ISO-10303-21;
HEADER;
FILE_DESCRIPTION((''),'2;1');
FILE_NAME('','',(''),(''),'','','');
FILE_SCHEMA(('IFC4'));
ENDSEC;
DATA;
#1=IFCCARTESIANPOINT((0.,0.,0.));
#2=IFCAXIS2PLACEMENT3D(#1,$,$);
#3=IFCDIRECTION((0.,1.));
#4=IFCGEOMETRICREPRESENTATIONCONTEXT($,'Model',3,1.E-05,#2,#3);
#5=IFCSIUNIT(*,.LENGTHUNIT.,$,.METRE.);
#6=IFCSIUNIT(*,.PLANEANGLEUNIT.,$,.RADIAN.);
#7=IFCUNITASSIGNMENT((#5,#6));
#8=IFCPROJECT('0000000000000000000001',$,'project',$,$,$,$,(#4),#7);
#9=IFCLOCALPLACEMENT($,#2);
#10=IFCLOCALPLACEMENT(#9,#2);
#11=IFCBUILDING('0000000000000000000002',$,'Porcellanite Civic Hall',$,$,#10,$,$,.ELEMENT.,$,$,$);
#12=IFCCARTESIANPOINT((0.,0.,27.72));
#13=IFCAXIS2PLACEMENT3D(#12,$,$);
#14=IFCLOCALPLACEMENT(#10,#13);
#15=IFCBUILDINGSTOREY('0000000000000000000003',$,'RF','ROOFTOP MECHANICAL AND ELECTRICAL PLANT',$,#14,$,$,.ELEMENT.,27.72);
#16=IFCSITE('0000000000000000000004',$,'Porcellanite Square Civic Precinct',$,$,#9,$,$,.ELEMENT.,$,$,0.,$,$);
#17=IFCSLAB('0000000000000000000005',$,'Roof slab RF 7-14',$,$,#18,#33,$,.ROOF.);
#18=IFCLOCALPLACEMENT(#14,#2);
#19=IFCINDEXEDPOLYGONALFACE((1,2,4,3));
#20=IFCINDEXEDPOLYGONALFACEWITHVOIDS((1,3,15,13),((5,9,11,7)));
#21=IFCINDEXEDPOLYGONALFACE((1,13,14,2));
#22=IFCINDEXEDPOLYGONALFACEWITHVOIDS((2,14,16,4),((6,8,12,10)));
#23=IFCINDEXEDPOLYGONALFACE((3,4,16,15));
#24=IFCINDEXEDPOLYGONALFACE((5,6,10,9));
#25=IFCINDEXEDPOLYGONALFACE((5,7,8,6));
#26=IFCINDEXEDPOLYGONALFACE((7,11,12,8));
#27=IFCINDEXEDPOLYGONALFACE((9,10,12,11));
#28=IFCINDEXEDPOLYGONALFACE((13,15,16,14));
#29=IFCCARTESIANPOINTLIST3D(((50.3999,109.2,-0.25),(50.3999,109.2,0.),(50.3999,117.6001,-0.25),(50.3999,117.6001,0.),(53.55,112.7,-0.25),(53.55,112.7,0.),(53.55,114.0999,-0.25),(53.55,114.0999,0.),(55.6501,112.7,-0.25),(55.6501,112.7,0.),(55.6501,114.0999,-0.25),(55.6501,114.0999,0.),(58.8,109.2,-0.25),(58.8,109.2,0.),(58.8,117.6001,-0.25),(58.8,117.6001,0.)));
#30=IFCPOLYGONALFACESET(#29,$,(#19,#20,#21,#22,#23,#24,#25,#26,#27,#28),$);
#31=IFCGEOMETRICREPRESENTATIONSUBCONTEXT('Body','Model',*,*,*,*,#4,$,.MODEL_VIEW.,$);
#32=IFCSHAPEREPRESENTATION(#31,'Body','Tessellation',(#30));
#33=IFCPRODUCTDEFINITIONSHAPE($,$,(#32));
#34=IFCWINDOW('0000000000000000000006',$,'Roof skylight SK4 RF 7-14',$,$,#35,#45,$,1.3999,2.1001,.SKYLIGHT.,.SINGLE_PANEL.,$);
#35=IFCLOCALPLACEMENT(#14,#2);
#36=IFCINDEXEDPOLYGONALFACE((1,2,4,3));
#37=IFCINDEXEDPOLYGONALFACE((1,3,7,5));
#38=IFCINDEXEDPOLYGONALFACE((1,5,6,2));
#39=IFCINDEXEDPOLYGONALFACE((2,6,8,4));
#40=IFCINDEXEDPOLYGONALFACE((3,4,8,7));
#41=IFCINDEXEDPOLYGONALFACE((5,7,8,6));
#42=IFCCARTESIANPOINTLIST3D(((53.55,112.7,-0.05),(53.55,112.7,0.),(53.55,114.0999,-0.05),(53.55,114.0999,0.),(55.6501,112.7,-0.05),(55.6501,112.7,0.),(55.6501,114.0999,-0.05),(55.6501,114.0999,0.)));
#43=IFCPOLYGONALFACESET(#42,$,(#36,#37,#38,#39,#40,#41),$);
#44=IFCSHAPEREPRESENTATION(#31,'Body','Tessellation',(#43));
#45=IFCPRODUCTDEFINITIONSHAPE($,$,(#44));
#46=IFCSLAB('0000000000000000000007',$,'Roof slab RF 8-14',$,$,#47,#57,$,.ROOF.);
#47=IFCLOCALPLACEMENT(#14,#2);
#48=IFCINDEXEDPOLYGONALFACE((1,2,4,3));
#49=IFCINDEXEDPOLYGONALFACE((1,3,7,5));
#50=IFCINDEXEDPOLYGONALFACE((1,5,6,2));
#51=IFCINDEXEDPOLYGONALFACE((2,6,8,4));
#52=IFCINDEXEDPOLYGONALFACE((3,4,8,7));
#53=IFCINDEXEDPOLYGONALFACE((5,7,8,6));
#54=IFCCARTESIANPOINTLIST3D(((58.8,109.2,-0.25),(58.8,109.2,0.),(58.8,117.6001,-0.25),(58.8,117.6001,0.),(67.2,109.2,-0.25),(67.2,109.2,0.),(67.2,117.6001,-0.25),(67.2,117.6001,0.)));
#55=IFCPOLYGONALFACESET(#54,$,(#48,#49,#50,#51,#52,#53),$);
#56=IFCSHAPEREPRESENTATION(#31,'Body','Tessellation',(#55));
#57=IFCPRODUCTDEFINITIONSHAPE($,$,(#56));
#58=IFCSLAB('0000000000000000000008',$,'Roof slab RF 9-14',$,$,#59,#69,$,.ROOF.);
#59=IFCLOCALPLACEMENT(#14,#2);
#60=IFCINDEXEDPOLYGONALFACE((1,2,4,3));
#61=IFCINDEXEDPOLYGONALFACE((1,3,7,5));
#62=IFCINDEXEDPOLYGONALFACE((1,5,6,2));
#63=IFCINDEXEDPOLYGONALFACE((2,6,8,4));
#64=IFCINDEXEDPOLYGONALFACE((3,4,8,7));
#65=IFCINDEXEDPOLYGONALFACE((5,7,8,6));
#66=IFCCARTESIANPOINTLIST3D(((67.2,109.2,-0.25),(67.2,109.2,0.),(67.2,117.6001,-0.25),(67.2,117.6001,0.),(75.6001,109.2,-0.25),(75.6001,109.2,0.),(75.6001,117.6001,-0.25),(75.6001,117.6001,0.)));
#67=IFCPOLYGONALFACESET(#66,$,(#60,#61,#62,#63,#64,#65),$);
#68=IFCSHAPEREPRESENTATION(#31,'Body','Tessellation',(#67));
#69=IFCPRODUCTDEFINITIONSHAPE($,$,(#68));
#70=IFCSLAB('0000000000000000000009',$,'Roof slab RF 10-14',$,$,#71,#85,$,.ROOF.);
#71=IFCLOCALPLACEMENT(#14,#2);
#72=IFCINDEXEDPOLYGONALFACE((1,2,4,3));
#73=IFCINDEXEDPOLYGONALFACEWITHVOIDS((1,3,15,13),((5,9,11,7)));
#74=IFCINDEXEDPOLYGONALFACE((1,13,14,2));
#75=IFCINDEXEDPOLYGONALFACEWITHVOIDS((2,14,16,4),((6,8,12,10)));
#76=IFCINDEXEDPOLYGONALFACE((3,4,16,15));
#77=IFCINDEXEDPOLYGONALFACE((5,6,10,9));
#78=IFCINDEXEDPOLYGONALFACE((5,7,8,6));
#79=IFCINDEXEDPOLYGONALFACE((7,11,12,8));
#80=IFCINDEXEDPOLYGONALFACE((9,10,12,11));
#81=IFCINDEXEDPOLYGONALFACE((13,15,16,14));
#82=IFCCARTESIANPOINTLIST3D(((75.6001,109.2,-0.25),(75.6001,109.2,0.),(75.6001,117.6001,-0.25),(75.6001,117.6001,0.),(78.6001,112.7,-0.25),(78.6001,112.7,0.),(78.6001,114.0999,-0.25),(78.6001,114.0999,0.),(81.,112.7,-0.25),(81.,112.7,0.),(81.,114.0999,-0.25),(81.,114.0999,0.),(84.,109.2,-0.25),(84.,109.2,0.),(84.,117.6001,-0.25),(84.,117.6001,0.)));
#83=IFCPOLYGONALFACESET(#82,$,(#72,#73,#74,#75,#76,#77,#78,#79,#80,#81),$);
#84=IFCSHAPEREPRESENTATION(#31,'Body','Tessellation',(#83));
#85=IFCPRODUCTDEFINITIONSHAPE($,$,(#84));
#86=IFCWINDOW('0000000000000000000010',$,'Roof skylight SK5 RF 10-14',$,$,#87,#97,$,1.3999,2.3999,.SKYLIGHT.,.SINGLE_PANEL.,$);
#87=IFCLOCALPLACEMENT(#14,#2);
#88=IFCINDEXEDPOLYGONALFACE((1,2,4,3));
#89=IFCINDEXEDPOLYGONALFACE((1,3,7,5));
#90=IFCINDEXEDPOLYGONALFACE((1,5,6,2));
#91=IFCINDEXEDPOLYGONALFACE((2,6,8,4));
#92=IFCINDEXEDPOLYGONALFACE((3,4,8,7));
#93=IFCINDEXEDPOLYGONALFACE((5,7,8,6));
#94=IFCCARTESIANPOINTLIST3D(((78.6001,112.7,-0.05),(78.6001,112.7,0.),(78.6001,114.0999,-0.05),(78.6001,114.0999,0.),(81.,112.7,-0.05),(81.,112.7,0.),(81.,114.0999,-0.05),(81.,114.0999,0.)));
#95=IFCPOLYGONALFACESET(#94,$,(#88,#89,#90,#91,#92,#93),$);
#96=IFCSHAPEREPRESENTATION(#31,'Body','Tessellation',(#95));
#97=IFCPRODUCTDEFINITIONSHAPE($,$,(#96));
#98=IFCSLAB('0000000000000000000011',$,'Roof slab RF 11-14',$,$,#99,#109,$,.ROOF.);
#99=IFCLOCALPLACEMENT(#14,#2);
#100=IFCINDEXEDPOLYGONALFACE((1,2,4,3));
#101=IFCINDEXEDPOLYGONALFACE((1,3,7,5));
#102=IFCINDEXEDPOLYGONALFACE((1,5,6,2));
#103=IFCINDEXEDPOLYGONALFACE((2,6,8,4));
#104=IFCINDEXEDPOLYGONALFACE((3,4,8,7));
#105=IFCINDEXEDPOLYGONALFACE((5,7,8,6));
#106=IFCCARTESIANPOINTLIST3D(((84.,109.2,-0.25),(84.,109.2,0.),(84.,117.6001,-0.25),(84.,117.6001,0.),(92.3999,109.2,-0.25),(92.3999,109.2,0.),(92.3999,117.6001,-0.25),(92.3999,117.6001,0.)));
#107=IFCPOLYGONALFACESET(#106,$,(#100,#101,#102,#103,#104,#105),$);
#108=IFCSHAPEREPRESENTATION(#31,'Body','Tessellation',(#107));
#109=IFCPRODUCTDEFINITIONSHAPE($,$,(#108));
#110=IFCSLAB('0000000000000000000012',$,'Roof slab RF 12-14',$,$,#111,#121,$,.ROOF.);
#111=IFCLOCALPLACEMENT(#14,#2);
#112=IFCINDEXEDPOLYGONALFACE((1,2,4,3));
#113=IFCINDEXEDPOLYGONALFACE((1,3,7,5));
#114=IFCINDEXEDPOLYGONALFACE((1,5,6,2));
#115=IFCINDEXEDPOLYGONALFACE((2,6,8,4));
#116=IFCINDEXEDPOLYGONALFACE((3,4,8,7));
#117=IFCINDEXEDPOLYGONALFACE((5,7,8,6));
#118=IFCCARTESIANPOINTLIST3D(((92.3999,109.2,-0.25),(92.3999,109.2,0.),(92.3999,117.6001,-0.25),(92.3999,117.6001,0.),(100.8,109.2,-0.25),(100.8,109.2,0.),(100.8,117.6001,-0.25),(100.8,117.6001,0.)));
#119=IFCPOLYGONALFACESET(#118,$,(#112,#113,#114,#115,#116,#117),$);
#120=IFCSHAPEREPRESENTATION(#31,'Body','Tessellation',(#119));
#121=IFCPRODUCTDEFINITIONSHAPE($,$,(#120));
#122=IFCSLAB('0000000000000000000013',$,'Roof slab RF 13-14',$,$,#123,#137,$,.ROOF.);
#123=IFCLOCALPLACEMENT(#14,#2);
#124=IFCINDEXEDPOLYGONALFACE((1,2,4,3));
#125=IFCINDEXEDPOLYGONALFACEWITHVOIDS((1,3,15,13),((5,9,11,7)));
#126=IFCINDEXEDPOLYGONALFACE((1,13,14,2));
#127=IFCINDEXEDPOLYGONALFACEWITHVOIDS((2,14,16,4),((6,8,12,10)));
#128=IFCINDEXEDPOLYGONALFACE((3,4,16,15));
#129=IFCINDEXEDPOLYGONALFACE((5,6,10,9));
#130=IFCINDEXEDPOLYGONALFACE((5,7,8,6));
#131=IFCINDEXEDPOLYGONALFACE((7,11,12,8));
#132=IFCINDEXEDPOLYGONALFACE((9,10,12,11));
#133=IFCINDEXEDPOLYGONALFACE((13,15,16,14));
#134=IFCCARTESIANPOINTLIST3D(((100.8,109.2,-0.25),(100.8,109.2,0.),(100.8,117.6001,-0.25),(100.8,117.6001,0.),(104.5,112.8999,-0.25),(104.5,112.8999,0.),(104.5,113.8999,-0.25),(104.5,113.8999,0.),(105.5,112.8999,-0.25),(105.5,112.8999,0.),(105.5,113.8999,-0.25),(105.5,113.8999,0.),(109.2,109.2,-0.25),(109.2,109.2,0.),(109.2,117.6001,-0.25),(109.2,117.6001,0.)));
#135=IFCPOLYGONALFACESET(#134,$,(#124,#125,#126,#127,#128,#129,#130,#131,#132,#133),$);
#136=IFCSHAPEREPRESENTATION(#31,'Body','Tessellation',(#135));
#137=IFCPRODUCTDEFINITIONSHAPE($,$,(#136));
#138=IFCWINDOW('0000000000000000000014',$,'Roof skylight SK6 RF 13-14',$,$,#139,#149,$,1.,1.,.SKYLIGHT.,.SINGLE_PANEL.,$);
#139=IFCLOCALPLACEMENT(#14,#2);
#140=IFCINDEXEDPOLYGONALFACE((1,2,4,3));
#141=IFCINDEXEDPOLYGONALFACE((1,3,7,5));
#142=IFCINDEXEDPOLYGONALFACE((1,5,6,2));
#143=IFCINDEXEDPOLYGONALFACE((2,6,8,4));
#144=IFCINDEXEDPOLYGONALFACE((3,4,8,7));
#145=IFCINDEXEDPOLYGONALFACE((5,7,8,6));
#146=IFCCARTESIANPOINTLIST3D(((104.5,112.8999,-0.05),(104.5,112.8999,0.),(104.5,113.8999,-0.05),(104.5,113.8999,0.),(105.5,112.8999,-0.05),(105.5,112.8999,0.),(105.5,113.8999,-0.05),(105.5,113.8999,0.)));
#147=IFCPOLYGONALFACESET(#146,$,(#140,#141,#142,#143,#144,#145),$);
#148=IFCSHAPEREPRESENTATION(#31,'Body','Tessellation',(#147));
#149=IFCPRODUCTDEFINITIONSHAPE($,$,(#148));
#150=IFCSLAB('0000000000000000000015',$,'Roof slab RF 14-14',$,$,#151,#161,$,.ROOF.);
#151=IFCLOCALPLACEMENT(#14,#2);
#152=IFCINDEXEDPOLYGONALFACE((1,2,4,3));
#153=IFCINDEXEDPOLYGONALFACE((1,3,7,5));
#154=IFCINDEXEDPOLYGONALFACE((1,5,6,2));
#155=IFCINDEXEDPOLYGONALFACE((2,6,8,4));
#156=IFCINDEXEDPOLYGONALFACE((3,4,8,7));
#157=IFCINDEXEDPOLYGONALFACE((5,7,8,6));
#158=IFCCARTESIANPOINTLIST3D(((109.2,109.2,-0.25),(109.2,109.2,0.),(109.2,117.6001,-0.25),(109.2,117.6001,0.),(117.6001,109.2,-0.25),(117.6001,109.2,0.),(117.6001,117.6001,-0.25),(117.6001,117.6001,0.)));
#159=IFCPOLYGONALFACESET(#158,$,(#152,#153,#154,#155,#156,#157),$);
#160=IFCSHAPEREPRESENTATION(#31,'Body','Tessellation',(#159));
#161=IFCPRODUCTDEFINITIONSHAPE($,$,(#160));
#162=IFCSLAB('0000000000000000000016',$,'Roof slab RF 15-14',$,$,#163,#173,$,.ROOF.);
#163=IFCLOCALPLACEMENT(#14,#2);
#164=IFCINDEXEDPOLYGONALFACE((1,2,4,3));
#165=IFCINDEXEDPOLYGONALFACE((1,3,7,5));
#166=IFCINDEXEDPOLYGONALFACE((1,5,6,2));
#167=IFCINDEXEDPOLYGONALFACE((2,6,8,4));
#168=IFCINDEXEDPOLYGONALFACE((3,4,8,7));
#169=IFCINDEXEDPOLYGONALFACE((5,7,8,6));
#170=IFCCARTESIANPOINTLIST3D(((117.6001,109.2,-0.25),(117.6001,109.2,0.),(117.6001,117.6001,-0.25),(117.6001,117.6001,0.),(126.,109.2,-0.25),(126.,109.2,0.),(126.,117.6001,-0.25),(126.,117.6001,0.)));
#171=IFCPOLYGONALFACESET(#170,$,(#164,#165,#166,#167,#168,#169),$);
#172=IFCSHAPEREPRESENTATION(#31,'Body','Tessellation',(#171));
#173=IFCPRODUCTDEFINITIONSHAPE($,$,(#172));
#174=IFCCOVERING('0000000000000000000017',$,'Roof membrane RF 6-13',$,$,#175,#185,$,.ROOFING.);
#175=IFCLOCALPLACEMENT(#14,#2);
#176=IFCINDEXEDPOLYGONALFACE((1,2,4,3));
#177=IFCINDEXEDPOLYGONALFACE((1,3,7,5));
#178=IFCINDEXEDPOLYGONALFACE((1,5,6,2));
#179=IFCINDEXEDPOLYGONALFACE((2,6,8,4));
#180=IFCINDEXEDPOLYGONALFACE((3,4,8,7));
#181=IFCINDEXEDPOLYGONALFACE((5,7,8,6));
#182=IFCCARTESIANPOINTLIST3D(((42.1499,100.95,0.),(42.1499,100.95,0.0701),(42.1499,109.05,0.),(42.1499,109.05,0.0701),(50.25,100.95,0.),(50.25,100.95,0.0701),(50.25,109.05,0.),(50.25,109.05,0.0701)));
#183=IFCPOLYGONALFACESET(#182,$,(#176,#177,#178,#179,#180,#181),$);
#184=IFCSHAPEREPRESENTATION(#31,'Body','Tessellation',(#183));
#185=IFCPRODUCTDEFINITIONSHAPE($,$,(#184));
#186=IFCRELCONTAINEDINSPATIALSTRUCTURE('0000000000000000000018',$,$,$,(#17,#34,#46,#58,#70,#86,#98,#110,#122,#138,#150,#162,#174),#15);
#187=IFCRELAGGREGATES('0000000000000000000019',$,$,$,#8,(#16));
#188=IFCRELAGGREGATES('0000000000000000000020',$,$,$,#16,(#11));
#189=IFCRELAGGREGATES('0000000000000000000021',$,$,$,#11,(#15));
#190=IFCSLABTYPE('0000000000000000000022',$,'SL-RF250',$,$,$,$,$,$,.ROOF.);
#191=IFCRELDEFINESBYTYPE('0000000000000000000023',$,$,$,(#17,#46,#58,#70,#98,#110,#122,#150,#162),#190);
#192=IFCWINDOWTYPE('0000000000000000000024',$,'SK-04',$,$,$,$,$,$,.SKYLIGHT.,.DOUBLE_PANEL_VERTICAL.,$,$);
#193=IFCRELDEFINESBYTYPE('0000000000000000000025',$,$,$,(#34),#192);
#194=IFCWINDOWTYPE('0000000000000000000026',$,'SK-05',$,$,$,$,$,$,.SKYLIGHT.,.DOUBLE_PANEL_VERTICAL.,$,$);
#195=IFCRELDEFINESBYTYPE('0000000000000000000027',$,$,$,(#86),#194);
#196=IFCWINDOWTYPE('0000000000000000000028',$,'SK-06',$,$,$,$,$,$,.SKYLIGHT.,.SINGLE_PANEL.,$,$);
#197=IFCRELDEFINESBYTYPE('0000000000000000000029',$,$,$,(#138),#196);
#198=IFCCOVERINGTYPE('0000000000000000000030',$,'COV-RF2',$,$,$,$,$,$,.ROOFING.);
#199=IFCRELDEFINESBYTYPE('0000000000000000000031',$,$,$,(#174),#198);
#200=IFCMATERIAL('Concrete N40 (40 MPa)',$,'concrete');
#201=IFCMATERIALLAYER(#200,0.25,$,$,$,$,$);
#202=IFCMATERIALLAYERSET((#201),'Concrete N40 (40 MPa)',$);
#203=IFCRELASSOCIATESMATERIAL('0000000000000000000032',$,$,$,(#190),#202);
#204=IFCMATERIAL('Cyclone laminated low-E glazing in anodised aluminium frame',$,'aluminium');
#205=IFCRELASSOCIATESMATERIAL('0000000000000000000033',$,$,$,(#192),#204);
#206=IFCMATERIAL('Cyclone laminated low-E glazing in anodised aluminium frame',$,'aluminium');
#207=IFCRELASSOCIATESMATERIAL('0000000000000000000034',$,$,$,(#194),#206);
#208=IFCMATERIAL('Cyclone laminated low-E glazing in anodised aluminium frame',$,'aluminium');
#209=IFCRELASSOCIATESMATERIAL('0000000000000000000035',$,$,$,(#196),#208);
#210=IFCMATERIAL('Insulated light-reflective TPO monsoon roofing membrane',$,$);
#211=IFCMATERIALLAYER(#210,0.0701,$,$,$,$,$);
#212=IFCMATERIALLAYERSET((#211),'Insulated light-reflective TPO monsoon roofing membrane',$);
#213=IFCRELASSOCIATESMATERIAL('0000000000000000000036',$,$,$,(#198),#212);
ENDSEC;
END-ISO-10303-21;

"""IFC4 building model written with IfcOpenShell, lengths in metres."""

from ifc_helpers import new_model, si_unit, direction, frame, origin, origin_2d, place, context, subcontext, project, spatial, polyline, rectangle, outline, extrude, material, layer, layer_set, type_object, element, fill, save


model = new_model("IFC4")

# Units and contexts
model_context = context("Model", 3, precision=1e-05, world=origin(), true_north=direction((0.0, 1.0)))
body_context = subcontext(model_context, "Body", "Model", "MODEL_VIEW")
ifc_project = project(units=[si_unit("LENGTHUNIT", "METRE"), si_unit("PLANEANGLEUNIT", "RADIAN")], contexts=[model_context])

# Site, building, storey
site_placement = place(None, origin())
site = spatial("IfcSite", under=ifc_project, at=site_placement, Name="Porcellanite Square Civic Precinct", CompositionType="ELEMENT", RefElevation=0.0)
building_placement = place(site_placement, origin())
building = spatial("IfcBuilding", under=site, at=building_placement, Name="Porcellanite Civic Hall", CompositionType="ELEMENT")
storey_placement = place(building_placement, frame((0.0, 0.0, 27.72)))
storey = spatial("IfcBuildingStorey", under=building, at=storey_placement, Name="RF", Description="ROOFTOP MECHANICAL AND ELECTRICAL PLANT", CompositionType="ELEMENT", Elevation=27.72)

# Shared definitions
ifc_material_1 = material(Name="Concrete N40 (40 MPa)", Category="concrete")
ifc_layer_1 = layer(ifc_material_1, 0.25)
ifc_layer_set_1 = layer_set([ifc_layer_1], Name="Concrete N40 (40 MPa)")
slab_type_1 = type_object("IfcSlabType", Name="SL-RF250", PredefinedType="ROOF", material=ifc_layer_set_1)

# Slab, opening, window
slab_1_placement = place(storey_placement, frame((0.0, 0.0, -0.25)))
slab_1 = element("IfcSlab", 1, at=slab_1_placement, inside=storey, type_object=slab_type_1, Name="Roof slab RF 7-14", PredefinedType="ROOF", context=body_context, shape_type="SweptSolid", body=[
    extrude(outline(polyline([(50.3999, 109.2), (58.8, 109.2), (58.8, 117.6001), (50.3999, 117.6001), (50.3999, 109.2)])), origin(), (0.0, 0.0, 1.0), 0.25),
])
opening_1_placement = place(slab_1_placement, frame((54.6001, 113.3999, 0.0)))
opening_1 = element("IfcOpeningElement", 2, at=opening_1_placement, cuts=slab_1, PredefinedType="OPENING", context=body_context, shape_type="SweptSolid", body=[
    extrude(rectangle(XDim=2.1001, YDim=1.3999, at=origin_2d()), origin(), (0.0, 0.0, 1.0), 0.25),
])
ifc_material_2 = material(Name="Cyclone laminated low-E glazing in anodised aluminium frame", Category="aluminium")
window_type_1 = type_object("IfcWindowType", Name="SK-04", PartitioningType="DOUBLE_PANEL_VERTICAL", PredefinedType="SKYLIGHT", material=ifc_material_2)
window_1_placement = place(opening_1_placement, frame((0.0, 0.0, 0.2)))
window_1 = element("IfcWindow", 3, at=window_1_placement, inside=storey, type_object=window_type_1, Name="Roof skylight SK4 RF 7-14", OverallHeight=1.3999, OverallWidth=2.1001, PartitioningType="SINGLE_PANEL", PredefinedType="SKYLIGHT", context=body_context, shape_type="SweptSolid", body=[
    extrude(rectangle(XDim=2.1001, YDim=1.3999, at=origin_2d()), origin(), (0.0, 0.0, 1.0), 0.05),
])
fill(opening_1, window_1)

# Slabs
slab_2_placement = place(storey_placement, frame((0.0, 0.0, -0.25)))
element("IfcSlab", 4, at=slab_2_placement, inside=storey, type_object=slab_type_1, Name="Roof slab RF 8-14", PredefinedType="ROOF", context=body_context, shape_type="SweptSolid", body=[
    extrude(outline(polyline([(58.8, 109.2), (67.2, 109.2), (67.2, 117.6001), (58.8, 117.6001), (58.8, 109.2)])), origin(), (0.0, 0.0, 1.0), 0.25),
])
slab_3_placement = place(storey_placement, frame((0.0, 0.0, -0.25)))
element("IfcSlab", 5, at=slab_3_placement, inside=storey, type_object=slab_type_1, Name="Roof slab RF 9-14", PredefinedType="ROOF", context=body_context, shape_type="SweptSolid", body=[
    extrude(outline(polyline([(67.2, 109.2), (75.6001, 109.2), (75.6001, 117.6001), (67.2, 117.6001), (67.2, 109.2)])), origin(), (0.0, 0.0, 1.0), 0.25),
])

# Slab, opening, window
slab_4_placement = place(storey_placement, frame((0.0, 0.0, -0.25)))
slab_4 = element("IfcSlab", 6, at=slab_4_placement, inside=storey, type_object=slab_type_1, Name="Roof slab RF 10-14", PredefinedType="ROOF", context=body_context, shape_type="SweptSolid", body=[
    extrude(outline(polyline([(75.6001, 109.2), (84.0, 109.2), (84.0, 117.6001), (75.6001, 117.6001), (75.6001, 109.2)])), origin(), (0.0, 0.0, 1.0), 0.25),
])
opening_2_placement = place(slab_4_placement, frame((79.8, 113.3999, 0.0)))
opening_2 = element("IfcOpeningElement", 7, at=opening_2_placement, cuts=slab_4, PredefinedType="OPENING", context=body_context, shape_type="SweptSolid", body=[
    extrude(rectangle(XDim=2.3999, YDim=1.3999, at=origin_2d()), origin(), (0.0, 0.0, 1.0), 0.25),
])
ifc_material_3 = material(Name="Cyclone laminated low-E glazing in anodised aluminium frame", Category="aluminium")
window_type_2 = type_object("IfcWindowType", Name="SK-05", PartitioningType="DOUBLE_PANEL_VERTICAL", PredefinedType="SKYLIGHT", material=ifc_material_3)
window_2_placement = place(opening_2_placement, frame((0.0, 0.0, 0.2)))
window_2 = element("IfcWindow", 8, at=window_2_placement, inside=storey, type_object=window_type_2, Name="Roof skylight SK5 RF 10-14", OverallHeight=1.3999, OverallWidth=2.3999, PartitioningType="SINGLE_PANEL", PredefinedType="SKYLIGHT", context=body_context, shape_type="SweptSolid", body=[
    extrude(rectangle(XDim=2.3999, YDim=1.3999, at=origin_2d()), origin(), (0.0, 0.0, 1.0), 0.05),
])
fill(opening_2, window_2)

# Slabs
slab_5_placement = place(storey_placement, frame((0.0, 0.0, -0.25)))
element("IfcSlab", 9, at=slab_5_placement, inside=storey, type_object=slab_type_1, Name="Roof slab RF 11-14", PredefinedType="ROOF", context=body_context, shape_type="SweptSolid", body=[
    extrude(outline(polyline([(84.0, 109.2), (92.3999, 109.2), (92.3999, 117.6001), (84.0, 117.6001), (84.0, 109.2)])), origin(), (0.0, 0.0, 1.0), 0.25),
])
slab_6_placement = place(storey_placement, frame((0.0, 0.0, -0.25)))
element("IfcSlab", 10, at=slab_6_placement, inside=storey, type_object=slab_type_1, Name="Roof slab RF 12-14", PredefinedType="ROOF", context=body_context, shape_type="SweptSolid", body=[
    extrude(outline(polyline([(92.3999, 109.2), (100.8, 109.2), (100.8, 117.6001), (92.3999, 117.6001), (92.3999, 109.2)])), origin(), (0.0, 0.0, 1.0), 0.25),
])

# Slab, opening, window
slab_7_placement = place(storey_placement, frame((0.0, 0.0, -0.25)))
slab_7 = element("IfcSlab", 11, at=slab_7_placement, inside=storey, type_object=slab_type_1, Name="Roof slab RF 13-14", PredefinedType="ROOF", context=body_context, shape_type="SweptSolid", body=[
    extrude(outline(polyline([(100.8, 109.2), (109.2, 109.2), (109.2, 117.6001), (100.8, 117.6001), (100.8, 109.2)])), origin(), (0.0, 0.0, 1.0), 0.25),
])
opening_3_placement = place(slab_7_placement, frame((105.0, 113.3999, 0.0)))
opening_3 = element("IfcOpeningElement", 12, at=opening_3_placement, cuts=slab_7, PredefinedType="OPENING", context=body_context, shape_type="SweptSolid", body=[
    extrude(rectangle(XDim=1.0, YDim=1.0, at=origin_2d()), origin(), (0.0, 0.0, 1.0), 0.25),
])
ifc_material_4 = material(Name="Cyclone laminated low-E glazing in anodised aluminium frame", Category="aluminium")
window_type_3 = type_object("IfcWindowType", Name="SK-06", PartitioningType="SINGLE_PANEL", PredefinedType="SKYLIGHT", material=ifc_material_4)
window_3_placement = place(opening_3_placement, frame((0.0, 0.0, 0.2)))
window_3 = element("IfcWindow", 13, at=window_3_placement, inside=storey, type_object=window_type_3, Name="Roof skylight SK6 RF 13-14", OverallHeight=1.0, OverallWidth=1.0, PartitioningType="SINGLE_PANEL", PredefinedType="SKYLIGHT", context=body_context, shape_type="SweptSolid", body=[
    extrude(rectangle(XDim=1.0, YDim=1.0, at=origin_2d()), origin(), (0.0, 0.0, 1.0), 0.05),
])
fill(opening_3, window_3)

# Slabs
slab_8_placement = place(storey_placement, frame((0.0, 0.0, -0.25)))
element("IfcSlab", 14, at=slab_8_placement, inside=storey, type_object=slab_type_1, Name="Roof slab RF 14-14", PredefinedType="ROOF", context=body_context, shape_type="SweptSolid", body=[
    extrude(outline(polyline([(109.2, 109.2), (117.6001, 109.2), (117.6001, 117.6001), (109.2, 117.6001), (109.2, 109.2)])), origin(), (0.0, 0.0, 1.0), 0.25),
])
slab_9_placement = place(storey_placement, frame((0.0, 0.0, -0.25)))
element("IfcSlab", 15, at=slab_9_placement, inside=storey, type_object=slab_type_1, Name="Roof slab RF 15-14", PredefinedType="ROOF", context=body_context, shape_type="SweptSolid", body=[
    extrude(outline(polyline([(117.6001, 109.2), (126.0, 109.2), (126.0, 117.6001), (117.6001, 117.6001), (117.6001, 109.2)])), origin(), (0.0, 0.0, 1.0), 0.25),
])

# Covering
ifc_material_5 = material(Name="Insulated light-reflective TPO monsoon roofing membrane")
ifc_layer_2 = layer(ifc_material_5, 0.0701)
ifc_layer_set_2 = layer_set([ifc_layer_2], Name="Insulated light-reflective TPO monsoon roofing membrane")
covering_type = type_object("IfcCoveringType", Name="COV-RF2", PredefinedType="ROOFING", material=ifc_layer_set_2)
covering_placement = place(storey_placement, origin())
element("IfcCovering", 16, at=covering_placement, inside=storey, type_object=covering_type, Name="Roof membrane RF 6-13", PredefinedType="ROOFING", context=body_context, shape_type="SweptSolid", body=[
    extrude(outline(polyline([(42.1499, 100.95), (50.25, 100.95), (50.25, 109.05), (42.1499, 109.05), (42.1499, 100.95)])), origin(), (0.0, 0.0, 1.0), 0.0701),
])

save(model, "model.ifc")
